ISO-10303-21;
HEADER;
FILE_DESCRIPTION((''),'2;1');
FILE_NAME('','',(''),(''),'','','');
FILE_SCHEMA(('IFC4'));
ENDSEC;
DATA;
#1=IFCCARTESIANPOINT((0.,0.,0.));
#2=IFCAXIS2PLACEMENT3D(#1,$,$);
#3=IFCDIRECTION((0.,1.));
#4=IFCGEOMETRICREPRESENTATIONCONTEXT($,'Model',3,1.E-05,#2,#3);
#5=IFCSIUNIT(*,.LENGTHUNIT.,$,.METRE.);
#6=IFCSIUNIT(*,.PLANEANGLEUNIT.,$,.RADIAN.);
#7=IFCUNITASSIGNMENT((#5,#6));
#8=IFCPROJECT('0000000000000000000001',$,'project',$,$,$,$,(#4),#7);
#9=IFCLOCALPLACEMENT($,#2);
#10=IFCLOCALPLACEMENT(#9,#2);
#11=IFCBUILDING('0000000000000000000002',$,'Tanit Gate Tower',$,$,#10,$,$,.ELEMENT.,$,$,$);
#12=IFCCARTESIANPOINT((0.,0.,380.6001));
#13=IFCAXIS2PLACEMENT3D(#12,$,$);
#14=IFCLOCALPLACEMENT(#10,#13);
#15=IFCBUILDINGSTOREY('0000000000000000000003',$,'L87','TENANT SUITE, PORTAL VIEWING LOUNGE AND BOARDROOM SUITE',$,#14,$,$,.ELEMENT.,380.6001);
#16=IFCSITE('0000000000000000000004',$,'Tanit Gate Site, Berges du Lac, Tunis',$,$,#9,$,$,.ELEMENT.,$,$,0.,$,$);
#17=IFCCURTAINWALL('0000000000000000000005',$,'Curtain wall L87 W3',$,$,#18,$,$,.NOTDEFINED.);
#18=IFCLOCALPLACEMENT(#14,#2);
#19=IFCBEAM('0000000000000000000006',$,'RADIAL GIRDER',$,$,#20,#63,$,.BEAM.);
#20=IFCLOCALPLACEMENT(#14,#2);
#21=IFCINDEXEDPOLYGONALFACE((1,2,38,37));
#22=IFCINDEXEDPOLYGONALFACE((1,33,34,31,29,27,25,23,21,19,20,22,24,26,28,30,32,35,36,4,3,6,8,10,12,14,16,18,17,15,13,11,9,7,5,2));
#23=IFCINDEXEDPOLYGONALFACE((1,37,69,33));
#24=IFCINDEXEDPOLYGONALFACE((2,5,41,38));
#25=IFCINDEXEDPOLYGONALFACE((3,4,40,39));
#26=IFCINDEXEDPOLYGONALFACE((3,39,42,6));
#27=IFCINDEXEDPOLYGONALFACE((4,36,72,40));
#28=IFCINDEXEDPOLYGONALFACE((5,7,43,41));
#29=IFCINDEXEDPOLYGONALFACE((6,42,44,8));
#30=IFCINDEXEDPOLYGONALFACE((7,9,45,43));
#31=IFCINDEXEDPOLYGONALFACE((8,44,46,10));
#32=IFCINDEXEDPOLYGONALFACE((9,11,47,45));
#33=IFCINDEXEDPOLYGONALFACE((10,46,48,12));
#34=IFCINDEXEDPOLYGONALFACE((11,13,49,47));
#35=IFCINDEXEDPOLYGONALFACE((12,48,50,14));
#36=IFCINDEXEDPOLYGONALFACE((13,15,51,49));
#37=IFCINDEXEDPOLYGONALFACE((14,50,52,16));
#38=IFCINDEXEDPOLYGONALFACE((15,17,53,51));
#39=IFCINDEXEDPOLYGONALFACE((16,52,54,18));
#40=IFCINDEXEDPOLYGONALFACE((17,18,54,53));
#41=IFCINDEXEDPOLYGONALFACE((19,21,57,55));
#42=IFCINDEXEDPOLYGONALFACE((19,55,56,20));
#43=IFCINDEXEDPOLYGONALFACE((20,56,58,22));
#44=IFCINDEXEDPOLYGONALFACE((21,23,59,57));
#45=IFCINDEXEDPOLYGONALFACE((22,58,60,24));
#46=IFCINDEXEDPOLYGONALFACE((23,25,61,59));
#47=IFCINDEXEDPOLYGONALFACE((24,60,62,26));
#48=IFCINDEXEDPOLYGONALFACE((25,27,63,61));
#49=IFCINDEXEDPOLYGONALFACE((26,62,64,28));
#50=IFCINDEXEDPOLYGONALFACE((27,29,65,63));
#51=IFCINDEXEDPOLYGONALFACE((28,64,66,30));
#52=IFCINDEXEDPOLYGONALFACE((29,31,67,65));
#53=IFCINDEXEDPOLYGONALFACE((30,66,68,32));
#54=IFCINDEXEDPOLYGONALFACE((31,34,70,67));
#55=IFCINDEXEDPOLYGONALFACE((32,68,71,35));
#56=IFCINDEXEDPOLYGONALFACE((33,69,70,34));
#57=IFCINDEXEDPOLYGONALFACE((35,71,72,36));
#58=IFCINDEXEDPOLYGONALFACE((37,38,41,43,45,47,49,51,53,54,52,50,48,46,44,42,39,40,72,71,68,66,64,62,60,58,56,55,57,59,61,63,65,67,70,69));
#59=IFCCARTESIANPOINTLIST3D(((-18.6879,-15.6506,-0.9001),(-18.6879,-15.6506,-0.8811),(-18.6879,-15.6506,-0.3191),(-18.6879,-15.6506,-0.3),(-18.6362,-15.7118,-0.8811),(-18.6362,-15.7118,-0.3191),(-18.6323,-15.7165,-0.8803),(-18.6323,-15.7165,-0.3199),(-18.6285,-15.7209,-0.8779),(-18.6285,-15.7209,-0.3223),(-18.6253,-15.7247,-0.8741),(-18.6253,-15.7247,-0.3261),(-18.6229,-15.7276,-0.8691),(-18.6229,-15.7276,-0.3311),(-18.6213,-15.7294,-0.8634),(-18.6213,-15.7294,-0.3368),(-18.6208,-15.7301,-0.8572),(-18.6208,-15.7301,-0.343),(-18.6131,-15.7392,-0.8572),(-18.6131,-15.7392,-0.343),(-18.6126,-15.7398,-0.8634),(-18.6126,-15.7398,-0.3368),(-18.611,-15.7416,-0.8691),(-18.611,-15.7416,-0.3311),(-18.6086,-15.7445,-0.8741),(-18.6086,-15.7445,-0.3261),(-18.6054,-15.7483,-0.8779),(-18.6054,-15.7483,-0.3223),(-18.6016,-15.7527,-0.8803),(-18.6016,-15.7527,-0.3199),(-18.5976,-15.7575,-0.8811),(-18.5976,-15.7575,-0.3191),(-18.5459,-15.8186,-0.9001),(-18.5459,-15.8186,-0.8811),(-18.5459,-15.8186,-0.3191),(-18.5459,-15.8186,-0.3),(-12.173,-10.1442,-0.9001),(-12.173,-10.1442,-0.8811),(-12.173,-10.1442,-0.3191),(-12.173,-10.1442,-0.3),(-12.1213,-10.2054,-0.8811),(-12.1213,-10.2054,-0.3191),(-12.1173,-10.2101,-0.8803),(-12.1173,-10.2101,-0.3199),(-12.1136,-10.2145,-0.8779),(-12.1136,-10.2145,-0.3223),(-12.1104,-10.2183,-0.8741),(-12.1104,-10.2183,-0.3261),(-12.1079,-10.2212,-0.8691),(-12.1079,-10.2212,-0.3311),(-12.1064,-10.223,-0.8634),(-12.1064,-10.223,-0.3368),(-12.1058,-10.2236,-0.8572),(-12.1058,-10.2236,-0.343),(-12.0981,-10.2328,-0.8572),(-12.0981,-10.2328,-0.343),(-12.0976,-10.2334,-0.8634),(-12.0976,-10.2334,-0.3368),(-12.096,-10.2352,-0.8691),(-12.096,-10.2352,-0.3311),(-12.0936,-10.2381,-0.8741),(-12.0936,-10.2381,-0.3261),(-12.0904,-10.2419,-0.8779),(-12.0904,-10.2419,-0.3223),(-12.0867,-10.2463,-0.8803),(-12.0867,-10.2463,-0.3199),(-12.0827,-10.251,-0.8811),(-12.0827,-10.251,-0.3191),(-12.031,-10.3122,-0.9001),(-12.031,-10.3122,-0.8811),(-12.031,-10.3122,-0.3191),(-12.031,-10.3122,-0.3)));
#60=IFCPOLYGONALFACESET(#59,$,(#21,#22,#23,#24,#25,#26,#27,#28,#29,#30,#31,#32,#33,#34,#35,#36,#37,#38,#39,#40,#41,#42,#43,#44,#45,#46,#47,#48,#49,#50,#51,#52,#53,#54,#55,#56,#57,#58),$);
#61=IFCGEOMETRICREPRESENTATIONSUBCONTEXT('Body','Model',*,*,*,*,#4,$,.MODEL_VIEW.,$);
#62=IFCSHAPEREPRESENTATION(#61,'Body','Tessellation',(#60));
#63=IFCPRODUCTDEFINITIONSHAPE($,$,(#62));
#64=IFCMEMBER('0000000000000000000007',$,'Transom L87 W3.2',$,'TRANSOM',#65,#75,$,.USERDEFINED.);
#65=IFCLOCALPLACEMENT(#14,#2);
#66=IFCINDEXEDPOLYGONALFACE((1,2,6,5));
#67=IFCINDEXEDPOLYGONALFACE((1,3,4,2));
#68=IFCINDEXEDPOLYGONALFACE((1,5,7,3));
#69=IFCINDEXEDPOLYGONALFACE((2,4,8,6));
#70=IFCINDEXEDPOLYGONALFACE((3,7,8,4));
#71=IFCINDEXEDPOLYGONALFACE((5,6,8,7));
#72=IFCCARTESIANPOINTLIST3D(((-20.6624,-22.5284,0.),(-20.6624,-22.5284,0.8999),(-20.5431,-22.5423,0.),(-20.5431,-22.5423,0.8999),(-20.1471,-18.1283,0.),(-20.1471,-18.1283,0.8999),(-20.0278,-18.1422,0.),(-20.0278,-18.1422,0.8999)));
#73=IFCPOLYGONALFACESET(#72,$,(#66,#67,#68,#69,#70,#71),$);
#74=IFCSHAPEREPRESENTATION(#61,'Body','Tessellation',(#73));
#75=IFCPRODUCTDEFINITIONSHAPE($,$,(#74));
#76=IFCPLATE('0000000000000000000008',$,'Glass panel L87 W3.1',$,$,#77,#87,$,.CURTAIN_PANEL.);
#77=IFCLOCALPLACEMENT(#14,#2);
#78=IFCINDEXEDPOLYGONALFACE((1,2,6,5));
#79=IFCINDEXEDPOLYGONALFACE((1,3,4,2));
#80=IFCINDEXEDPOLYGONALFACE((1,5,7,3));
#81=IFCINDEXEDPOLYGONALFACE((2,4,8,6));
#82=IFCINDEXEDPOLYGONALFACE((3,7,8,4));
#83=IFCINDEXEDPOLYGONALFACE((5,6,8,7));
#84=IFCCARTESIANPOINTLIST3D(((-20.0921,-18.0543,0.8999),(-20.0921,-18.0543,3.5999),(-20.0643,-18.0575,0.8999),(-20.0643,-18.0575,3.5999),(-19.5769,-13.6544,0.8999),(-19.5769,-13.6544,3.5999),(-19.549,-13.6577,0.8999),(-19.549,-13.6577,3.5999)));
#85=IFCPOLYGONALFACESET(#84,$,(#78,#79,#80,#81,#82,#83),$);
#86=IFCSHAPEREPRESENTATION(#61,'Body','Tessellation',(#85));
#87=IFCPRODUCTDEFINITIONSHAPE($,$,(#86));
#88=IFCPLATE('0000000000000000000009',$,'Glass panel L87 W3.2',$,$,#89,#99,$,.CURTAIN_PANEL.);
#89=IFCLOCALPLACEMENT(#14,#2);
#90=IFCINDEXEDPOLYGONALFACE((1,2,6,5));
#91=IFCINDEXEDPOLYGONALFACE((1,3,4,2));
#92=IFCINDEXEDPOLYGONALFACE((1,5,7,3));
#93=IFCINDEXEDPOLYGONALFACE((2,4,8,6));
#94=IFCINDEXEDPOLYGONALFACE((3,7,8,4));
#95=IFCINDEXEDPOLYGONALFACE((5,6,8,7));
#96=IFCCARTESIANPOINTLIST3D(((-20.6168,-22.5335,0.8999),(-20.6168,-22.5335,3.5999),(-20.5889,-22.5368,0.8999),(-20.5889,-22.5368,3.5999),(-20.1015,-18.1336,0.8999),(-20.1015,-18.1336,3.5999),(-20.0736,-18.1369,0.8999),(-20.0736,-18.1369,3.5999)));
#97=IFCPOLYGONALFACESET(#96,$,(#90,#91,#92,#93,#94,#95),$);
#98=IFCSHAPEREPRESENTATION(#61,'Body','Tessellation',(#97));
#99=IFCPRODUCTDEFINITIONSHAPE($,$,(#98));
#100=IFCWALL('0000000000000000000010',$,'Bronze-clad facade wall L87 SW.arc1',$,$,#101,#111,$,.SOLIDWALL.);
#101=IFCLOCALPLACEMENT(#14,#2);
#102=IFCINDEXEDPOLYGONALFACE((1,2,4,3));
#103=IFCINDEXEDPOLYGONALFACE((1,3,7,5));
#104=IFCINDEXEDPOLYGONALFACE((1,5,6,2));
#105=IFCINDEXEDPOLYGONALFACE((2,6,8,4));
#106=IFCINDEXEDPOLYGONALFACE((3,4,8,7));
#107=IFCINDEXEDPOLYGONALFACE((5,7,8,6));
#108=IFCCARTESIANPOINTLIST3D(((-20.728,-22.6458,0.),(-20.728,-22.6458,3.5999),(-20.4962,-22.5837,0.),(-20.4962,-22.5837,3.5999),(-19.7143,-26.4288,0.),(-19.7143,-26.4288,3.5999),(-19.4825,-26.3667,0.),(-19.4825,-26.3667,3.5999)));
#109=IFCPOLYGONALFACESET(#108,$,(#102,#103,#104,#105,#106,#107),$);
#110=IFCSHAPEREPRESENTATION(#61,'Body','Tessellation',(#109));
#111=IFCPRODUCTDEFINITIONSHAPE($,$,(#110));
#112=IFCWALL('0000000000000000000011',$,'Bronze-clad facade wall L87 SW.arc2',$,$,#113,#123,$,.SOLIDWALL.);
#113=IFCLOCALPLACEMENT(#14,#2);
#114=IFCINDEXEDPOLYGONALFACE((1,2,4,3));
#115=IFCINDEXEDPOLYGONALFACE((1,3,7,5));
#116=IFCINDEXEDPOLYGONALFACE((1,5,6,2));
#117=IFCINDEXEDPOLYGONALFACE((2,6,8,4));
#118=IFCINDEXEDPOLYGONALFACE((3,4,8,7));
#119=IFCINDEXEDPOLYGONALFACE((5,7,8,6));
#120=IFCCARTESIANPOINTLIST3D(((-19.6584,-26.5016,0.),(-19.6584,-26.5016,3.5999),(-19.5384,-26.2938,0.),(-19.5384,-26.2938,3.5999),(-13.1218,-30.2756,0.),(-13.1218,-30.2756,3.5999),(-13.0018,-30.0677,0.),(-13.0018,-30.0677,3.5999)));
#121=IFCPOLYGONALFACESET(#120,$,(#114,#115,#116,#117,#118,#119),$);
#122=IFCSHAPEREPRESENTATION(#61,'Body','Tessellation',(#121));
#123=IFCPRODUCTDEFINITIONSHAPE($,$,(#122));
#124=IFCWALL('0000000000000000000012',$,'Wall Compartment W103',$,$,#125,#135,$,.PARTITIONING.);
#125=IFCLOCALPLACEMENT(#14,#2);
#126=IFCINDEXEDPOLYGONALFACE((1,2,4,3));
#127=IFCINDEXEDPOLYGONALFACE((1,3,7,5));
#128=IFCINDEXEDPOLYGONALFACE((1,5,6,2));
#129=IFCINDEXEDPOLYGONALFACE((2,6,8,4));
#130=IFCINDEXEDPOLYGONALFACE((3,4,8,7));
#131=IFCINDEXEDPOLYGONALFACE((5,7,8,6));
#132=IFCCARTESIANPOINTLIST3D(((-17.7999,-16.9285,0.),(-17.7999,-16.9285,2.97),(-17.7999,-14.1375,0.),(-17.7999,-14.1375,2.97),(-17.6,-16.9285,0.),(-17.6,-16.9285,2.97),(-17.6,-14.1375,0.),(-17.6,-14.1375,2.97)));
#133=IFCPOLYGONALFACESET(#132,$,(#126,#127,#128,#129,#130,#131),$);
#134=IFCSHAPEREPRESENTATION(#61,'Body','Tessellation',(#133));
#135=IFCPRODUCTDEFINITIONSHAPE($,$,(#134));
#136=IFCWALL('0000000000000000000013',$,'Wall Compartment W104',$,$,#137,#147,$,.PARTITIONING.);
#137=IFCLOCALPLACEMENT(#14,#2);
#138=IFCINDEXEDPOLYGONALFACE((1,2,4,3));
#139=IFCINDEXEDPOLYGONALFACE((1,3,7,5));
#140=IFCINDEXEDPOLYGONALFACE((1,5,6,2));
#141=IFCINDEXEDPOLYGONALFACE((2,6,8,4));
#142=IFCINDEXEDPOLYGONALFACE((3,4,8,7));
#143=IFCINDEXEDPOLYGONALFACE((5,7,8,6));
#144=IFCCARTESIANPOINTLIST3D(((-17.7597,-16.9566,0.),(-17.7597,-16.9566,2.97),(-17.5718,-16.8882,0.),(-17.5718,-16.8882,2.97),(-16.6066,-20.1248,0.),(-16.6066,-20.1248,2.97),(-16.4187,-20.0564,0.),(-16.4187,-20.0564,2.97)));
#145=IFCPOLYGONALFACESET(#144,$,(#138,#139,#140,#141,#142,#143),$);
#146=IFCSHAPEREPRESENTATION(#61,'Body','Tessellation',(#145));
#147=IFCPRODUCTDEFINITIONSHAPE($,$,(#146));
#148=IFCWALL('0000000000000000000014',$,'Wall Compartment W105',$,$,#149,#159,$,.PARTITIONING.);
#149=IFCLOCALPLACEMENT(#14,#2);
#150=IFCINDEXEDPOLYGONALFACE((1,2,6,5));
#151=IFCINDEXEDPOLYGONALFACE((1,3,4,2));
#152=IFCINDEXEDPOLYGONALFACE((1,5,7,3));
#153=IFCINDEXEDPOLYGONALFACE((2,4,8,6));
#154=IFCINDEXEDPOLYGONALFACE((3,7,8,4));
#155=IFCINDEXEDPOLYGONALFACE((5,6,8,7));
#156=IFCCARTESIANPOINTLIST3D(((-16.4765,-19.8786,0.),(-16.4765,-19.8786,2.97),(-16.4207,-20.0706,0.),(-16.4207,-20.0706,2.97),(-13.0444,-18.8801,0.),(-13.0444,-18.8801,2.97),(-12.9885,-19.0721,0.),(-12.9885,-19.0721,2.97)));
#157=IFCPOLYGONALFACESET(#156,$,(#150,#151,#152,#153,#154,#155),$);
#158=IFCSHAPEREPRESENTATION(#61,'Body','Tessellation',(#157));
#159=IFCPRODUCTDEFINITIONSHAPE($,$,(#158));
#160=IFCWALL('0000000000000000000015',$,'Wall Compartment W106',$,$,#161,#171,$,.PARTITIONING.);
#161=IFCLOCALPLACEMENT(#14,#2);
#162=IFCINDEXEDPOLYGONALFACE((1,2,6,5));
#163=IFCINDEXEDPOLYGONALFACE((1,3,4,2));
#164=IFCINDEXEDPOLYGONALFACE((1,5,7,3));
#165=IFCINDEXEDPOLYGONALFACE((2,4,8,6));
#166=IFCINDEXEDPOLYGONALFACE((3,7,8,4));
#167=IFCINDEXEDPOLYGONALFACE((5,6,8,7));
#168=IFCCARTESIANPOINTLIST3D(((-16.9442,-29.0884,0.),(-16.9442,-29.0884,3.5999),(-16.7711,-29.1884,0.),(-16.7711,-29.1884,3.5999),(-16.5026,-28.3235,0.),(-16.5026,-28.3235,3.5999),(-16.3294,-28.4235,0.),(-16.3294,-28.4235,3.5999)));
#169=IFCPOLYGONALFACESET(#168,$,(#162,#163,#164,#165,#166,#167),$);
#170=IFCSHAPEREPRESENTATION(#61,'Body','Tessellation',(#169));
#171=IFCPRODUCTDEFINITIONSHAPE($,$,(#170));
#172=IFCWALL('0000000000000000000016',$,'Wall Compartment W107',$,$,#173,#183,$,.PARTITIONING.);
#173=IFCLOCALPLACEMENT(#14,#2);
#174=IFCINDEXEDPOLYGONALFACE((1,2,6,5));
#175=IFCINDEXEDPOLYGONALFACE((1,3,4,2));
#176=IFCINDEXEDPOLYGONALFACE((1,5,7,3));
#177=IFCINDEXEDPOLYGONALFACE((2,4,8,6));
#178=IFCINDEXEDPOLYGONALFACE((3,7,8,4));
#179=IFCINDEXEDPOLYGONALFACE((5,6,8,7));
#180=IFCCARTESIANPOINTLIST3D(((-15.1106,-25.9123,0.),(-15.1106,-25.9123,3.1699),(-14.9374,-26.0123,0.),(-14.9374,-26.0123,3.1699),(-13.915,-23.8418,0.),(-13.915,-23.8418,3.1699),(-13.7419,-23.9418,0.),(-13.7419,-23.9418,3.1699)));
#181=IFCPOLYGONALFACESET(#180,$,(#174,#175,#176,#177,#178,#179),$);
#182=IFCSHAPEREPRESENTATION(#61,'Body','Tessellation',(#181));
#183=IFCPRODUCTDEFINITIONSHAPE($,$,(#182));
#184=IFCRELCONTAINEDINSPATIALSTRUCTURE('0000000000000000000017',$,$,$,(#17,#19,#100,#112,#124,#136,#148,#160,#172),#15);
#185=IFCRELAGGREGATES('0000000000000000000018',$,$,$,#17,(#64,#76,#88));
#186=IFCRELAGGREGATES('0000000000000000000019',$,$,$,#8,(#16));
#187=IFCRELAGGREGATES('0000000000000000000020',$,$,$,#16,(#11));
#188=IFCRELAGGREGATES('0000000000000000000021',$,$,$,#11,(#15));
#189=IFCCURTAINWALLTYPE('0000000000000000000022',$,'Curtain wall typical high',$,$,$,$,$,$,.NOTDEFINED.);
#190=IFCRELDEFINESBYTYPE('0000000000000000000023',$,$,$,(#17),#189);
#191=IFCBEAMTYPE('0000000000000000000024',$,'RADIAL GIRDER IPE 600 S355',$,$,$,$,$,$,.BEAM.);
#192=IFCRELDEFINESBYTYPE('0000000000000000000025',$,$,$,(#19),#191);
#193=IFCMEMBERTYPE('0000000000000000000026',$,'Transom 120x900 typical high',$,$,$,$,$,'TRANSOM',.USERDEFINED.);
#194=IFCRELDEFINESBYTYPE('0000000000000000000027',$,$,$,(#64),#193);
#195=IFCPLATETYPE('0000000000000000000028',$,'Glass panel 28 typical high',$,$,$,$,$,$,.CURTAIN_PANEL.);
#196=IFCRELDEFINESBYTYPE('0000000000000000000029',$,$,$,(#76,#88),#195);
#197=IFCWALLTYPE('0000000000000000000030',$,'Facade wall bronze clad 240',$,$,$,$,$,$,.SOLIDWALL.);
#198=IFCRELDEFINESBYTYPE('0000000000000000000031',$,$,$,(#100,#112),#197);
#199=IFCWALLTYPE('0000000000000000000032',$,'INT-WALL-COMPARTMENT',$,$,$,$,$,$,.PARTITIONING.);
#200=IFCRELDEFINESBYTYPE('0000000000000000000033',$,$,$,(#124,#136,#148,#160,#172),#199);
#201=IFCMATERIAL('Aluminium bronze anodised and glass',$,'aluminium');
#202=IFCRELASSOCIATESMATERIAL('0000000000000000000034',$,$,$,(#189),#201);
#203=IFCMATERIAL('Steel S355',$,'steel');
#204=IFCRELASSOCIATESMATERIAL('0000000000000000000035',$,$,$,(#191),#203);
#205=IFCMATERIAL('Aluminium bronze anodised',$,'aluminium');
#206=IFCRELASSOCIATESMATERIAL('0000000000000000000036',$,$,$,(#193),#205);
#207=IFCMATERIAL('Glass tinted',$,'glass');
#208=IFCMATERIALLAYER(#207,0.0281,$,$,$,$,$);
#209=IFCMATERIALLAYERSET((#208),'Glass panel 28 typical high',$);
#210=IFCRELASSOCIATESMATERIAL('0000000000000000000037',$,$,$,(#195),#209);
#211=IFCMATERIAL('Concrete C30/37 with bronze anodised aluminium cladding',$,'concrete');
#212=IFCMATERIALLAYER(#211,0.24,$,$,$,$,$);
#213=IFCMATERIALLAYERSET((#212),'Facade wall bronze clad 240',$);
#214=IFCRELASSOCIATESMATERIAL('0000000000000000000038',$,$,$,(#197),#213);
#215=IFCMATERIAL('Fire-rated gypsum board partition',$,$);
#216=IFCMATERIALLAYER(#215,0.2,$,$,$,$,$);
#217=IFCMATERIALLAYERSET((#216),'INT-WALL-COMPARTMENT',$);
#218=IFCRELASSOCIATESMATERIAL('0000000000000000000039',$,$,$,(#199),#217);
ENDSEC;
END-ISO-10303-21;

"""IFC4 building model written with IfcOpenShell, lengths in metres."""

from ifc_helpers import new_model, si_unit, direction, frame, frame_2d, origin, origin_2d, place, context, subcontext, project, spatial, rectangle, i_section, extrude, material, layer, layer_set, material_profile, profile_set, type_object, element, aggregate, save


model = new_model("IFC4")

# Units and contexts
model_context = context("Model", 3, precision=1e-05, world=origin(), true_north=direction((0.0, 1.0)))
body_context = subcontext(model_context, "Body", "Model", "MODEL_VIEW")
ifc_project = project(units=[si_unit("LENGTHUNIT", "METRE"), si_unit("PLANEANGLEUNIT", "RADIAN")], contexts=[model_context])

# Site, building, storey
site_placement = place(None, origin())
site = spatial("IfcSite", under=ifc_project, at=site_placement, Name="Tanit Gate Site, Berges du Lac, Tunis", CompositionType="ELEMENT", RefElevation=0.0)
building_placement = place(site_placement, origin())
building = spatial("IfcBuilding", under=site, at=building_placement, Name="Tanit Gate Tower", CompositionType="ELEMENT")
storey_placement = place(building_placement, frame((0.0, 0.0, 380.6001)))
storey = spatial("IfcBuildingStorey", under=building, at=storey_placement, Name="L87", Description="TENANT SUITE, PORTAL VIEWING LOUNGE AND BOARDROOM SUITE", CompositionType="ELEMENT", Elevation=380.6001)

# Curtain wall
ifc_material_1 = material(Name="Aluminium bronze anodised and glass", Category="aluminium")
curtain_wall_type = type_object("IfcCurtainWallType", Name="Curtain wall typical high", PredefinedType="NOTDEFINED", material=ifc_material_1)
curtain_wall_placement = place(storey_placement, origin())
curtain_wall = element("IfcCurtainWall", 1, at=curtain_wall_placement, inside=storey, type_object=curtain_wall_type, Name="Curtain wall L87 W3", PredefinedType="NOTDEFINED")

# Beam
ifc_material_2 = material(Name="Steel S355", Category="steel")
ifc_material_profile_1 = material_profile(ifc_material_2, i_section(OverallWidth=0.22, OverallDepth=0.6001, WebThickness=0.012, FlangeThickness=0.019, FilletRadius=0.0239, at=origin_2d()), Name="IPE 600")
ifc_profile_set_1 = profile_set([ifc_material_profile_1], Name="Steel S355")
beam_type_1 = type_object("IfcBeamType", Name="RADIAL GIRDER IPE 600 S355", PredefinedType="BEAM", material=ifc_profile_set_1)
beam_1_placement = place(storey_placement, frame((-18.6169, -15.7346, -0.6001), z_axis=(0.763748, 0.645515, 0.0), x_axis=(-0.645515, 0.763748, 0.0)))
element("IfcBeam", 2, at=beam_1_placement, inside=storey, type_object=beam_type_1, Name="RADIAL GIRDER", PredefinedType="BEAM", context=body_context, shape_type="SweptSolid", body=[
    extrude(i_section(OverallWidth=0.22, OverallDepth=0.6001, WebThickness=0.012, FlangeThickness=0.019, FilletRadius=0.0239, at=origin_2d()), origin(), (0.0, 0.0, 1.0), 8.5303),
])

# Member
ifc_material_3 = material(Name="Aluminium bronze anodised", Category="aluminium")
ifc_material_profile_2 = material_profile(ifc_material_3, rectangle(XDim=0.1201, YDim=0.8999, at=origin_2d()), Name="120x900 bronze transom")
ifc_profile_set_2 = profile_set([ifc_material_profile_2], Name="Aluminium bronze anodised")
member_type_1 = type_object("IfcMemberType", Name="Transom 120x900 typical high", ElementType="TRANSOM", PredefinedType="USERDEFINED", material=ifc_profile_set_2)
member_1_placement = place(storey_placement, frame((-20.0874, -18.1353, 0.45), z_axis=(-0.116333, -0.99321, 0.0), x_axis=(0.99321, -0.116333, 0.0)))
member_1 = element("IfcMember", 3, at=member_1_placement, type_object=member_type_1, Name="Transom L87 W3.2", ObjectType="TRANSOM", PredefinedType="USERDEFINED", context=body_context, shape_type="SweptSolid", body=[
    extrude(rectangle(XDim=0.1201, YDim=0.8999, at=origin_2d()), origin(), (0.0, 0.0, 1.0), 4.4302),
])

# Plates
ifc_material_4 = material(Name="Glass tinted", Category="glass")
ifc_layer_1 = layer(ifc_material_4, 0.0281)
ifc_layer_set_1 = layer_set([ifc_layer_1], Name="Glass panel 28 typical high")
plate_type = type_object("IfcPlateType", Name="Glass panel 28 typical high", PredefinedType="CURTAIN_PANEL", material=ifc_layer_set_1)
plate_1_placement = place(storey_placement, frame((-19.8206, -15.856, 0.8999), z_axis=(0.0, 0.0, 1.0), x_axis=(-0.116318, -0.993212, 0.0)))
plate_1 = element("IfcPlate", 4, at=plate_1_placement, type_object=plate_type, Name="Glass panel L87 W3.1", PredefinedType="CURTAIN_PANEL", context=body_context, shape_type="SweptSolid", body=[
    extrude(rectangle(XDim=4.4299, YDim=0.0281, at=origin_2d()), origin(), (0.0, 0.0, 1.0), 2.7),
])
plate_2_placement = place(storey_placement, frame((-20.3452, -20.3352, 0.8999), z_axis=(0.0, 0.0, 1.0), x_axis=(-0.116318, -0.993212, 0.0)))
plate_2 = element("IfcPlate", 5, at=plate_2_placement, type_object=plate_type, Name="Glass panel L87 W3.2", PredefinedType="CURTAIN_PANEL", context=body_context, shape_type="SweptSolid", body=[
    extrude(rectangle(XDim=4.4299, YDim=0.0281, at=origin_2d()), origin(), (0.0, 0.0, 1.0), 2.7),
])
aggregate(curtain_wall, [member_1, plate_1, plate_2])

# Walls
ifc_material_5 = material(Name="Concrete C30/37 with bronze anodised aluminium cladding", Category="concrete")
ifc_layer_2 = layer(ifc_material_5, 0.24)
ifc_layer_set_2 = layer_set([ifc_layer_2], Name="Facade wall bronze clad 240")
wall_type_1 = type_object("IfcWallType", Name="Facade wall bronze clad 240", PredefinedType="SOLIDWALL", material=ifc_layer_set_2)
wall_1_placement = place(storey_placement, frame((-20.6121, -22.6147, 0.0), z_axis=(0.0, 0.0, 1.0), x_axis=(0.258826, -0.965924, 0.0)))
element("IfcWall", 6, at=wall_1_placement, inside=storey, type_object=wall_type_1, Name="Bronze-clad facade wall L87 SW.arc1", PredefinedType="SOLIDWALL", context=body_context, shape_type="SweptSolid", body=[
    extrude(rectangle(XDim=3.9165, YDim=0.24, at=frame_2d((1.9583, 0.0))), origin(), (0.0, 0.0, 1.0), 3.5999),
])
wall_2_placement = place(storey_placement, frame((-19.5984, -26.3977, 0.0), z_axis=(0.0, 0.0, 1.0), x_axis=(0.866025, -0.500001, 0.0)))
element("IfcWall", 7, at=wall_2_placement, inside=storey, type_object=wall_type_1, Name="Bronze-clad facade wall L87 SW.arc2", PredefinedType="SOLIDWALL", context=body_context, shape_type="SweptSolid", body=[
    extrude(rectangle(XDim=7.5479, YDim=0.24, at=frame_2d((3.7739, 0.0))), origin(), (0.0, 0.0, 1.0), 3.5999),
])
ifc_material_6 = material(Name="Fire-rated gypsum board partition")
ifc_layer_3 = layer(ifc_material_6, 0.2)
ifc_layer_set_3 = layer_set([ifc_layer_3], Name="INT-WALL-COMPARTMENT")
wall_type_2 = type_object("IfcWallType", Name="INT-WALL-COMPARTMENT", PredefinedType="PARTITIONING", material=ifc_layer_set_3)
wall_3_placement = place(storey_placement, frame((-17.7, -16.9285, 0.0), z_axis=(0.0, 0.0, 1.0), x_axis=(0.0, 1.0, 0.0)))
element("IfcWall", 8, at=wall_3_placement, inside=storey, type_object=wall_type_2, Name="Wall Compartment W103", PredefinedType="PARTITIONING", context=body_context, shape_type="SweptSolid", body=[
    extrude(rectangle(XDim=2.791, YDim=0.2, at=frame_2d((1.3955, 0.0))), origin(), (0.0, 0.0, 1.0), 2.97),
])
wall_4_placement = place(storey_placement, frame((-17.6658, -16.9224, 0.0), z_axis=(0.0, 0.0, 1.0), x_axis=(0.342005, -0.939698, 0.0)))
element("IfcWall", 9, at=wall_4_placement, inside=storey, type_object=wall_type_2, Name="Wall Compartment W104", PredefinedType="PARTITIONING", context=body_context, shape_type="SweptSolid", body=[
    extrude(rectangle(XDim=3.3716, YDim=0.2, at=frame_2d((1.6858, 0.0))), origin(), (0.0, 0.0, 1.0), 2.97),
])
wall_5_placement = place(storey_placement, frame((-16.4485, -19.9746, 0.0), z_axis=(0.0, 0.0, 1.0), x_axis=(0.960188, 0.279355, 0.0)))
element("IfcWall", 10, at=wall_5_placement, inside=storey, type_object=wall_type_2, Name="Wall Compartment W105", PredefinedType="PARTITIONING", context=body_context, shape_type="SweptSolid", body=[
    extrude(rectangle(XDim=3.5745, YDim=0.2, at=frame_2d((1.7871, 0.0))), origin(), (0.0, 0.0, 1.0), 2.97),
])
wall_6_placement = place(storey_placement, frame((-16.8577, -29.1384, 0.0), z_axis=(0.0, 0.0, 1.0), x_axis=(0.500034, 0.866006, 0.0)))
element("IfcWall", 11, at=wall_6_placement, inside=storey, type_object=wall_type_2, Name="Wall Compartment W106", PredefinedType="PARTITIONING", context=body_context, shape_type="SweptSolid", body=[
    extrude(rectangle(XDim=0.8833, YDim=0.2, at=frame_2d((0.4417, 0.0))), origin(), (0.0, 0.0, 1.0), 3.5999),
])
wall_7_placement = place(storey_placement, frame((-15.0239, -25.9622, 0.0), z_axis=(0.0, 0.0, 1.0), x_axis=(0.500038, 0.866004, 0.0)))
element("IfcWall", 12, at=wall_7_placement, inside=storey, type_object=wall_type_2, Name="Wall Compartment W107", PredefinedType="PARTITIONING", context=body_context, shape_type="SweptSolid", body=[
    extrude(rectangle(XDim=2.3909, YDim=0.2, at=frame_2d((1.1953, 0.0))), origin(), (0.0, 0.0, 1.0), 3.1699),
])

save(model, "model.ifc")
